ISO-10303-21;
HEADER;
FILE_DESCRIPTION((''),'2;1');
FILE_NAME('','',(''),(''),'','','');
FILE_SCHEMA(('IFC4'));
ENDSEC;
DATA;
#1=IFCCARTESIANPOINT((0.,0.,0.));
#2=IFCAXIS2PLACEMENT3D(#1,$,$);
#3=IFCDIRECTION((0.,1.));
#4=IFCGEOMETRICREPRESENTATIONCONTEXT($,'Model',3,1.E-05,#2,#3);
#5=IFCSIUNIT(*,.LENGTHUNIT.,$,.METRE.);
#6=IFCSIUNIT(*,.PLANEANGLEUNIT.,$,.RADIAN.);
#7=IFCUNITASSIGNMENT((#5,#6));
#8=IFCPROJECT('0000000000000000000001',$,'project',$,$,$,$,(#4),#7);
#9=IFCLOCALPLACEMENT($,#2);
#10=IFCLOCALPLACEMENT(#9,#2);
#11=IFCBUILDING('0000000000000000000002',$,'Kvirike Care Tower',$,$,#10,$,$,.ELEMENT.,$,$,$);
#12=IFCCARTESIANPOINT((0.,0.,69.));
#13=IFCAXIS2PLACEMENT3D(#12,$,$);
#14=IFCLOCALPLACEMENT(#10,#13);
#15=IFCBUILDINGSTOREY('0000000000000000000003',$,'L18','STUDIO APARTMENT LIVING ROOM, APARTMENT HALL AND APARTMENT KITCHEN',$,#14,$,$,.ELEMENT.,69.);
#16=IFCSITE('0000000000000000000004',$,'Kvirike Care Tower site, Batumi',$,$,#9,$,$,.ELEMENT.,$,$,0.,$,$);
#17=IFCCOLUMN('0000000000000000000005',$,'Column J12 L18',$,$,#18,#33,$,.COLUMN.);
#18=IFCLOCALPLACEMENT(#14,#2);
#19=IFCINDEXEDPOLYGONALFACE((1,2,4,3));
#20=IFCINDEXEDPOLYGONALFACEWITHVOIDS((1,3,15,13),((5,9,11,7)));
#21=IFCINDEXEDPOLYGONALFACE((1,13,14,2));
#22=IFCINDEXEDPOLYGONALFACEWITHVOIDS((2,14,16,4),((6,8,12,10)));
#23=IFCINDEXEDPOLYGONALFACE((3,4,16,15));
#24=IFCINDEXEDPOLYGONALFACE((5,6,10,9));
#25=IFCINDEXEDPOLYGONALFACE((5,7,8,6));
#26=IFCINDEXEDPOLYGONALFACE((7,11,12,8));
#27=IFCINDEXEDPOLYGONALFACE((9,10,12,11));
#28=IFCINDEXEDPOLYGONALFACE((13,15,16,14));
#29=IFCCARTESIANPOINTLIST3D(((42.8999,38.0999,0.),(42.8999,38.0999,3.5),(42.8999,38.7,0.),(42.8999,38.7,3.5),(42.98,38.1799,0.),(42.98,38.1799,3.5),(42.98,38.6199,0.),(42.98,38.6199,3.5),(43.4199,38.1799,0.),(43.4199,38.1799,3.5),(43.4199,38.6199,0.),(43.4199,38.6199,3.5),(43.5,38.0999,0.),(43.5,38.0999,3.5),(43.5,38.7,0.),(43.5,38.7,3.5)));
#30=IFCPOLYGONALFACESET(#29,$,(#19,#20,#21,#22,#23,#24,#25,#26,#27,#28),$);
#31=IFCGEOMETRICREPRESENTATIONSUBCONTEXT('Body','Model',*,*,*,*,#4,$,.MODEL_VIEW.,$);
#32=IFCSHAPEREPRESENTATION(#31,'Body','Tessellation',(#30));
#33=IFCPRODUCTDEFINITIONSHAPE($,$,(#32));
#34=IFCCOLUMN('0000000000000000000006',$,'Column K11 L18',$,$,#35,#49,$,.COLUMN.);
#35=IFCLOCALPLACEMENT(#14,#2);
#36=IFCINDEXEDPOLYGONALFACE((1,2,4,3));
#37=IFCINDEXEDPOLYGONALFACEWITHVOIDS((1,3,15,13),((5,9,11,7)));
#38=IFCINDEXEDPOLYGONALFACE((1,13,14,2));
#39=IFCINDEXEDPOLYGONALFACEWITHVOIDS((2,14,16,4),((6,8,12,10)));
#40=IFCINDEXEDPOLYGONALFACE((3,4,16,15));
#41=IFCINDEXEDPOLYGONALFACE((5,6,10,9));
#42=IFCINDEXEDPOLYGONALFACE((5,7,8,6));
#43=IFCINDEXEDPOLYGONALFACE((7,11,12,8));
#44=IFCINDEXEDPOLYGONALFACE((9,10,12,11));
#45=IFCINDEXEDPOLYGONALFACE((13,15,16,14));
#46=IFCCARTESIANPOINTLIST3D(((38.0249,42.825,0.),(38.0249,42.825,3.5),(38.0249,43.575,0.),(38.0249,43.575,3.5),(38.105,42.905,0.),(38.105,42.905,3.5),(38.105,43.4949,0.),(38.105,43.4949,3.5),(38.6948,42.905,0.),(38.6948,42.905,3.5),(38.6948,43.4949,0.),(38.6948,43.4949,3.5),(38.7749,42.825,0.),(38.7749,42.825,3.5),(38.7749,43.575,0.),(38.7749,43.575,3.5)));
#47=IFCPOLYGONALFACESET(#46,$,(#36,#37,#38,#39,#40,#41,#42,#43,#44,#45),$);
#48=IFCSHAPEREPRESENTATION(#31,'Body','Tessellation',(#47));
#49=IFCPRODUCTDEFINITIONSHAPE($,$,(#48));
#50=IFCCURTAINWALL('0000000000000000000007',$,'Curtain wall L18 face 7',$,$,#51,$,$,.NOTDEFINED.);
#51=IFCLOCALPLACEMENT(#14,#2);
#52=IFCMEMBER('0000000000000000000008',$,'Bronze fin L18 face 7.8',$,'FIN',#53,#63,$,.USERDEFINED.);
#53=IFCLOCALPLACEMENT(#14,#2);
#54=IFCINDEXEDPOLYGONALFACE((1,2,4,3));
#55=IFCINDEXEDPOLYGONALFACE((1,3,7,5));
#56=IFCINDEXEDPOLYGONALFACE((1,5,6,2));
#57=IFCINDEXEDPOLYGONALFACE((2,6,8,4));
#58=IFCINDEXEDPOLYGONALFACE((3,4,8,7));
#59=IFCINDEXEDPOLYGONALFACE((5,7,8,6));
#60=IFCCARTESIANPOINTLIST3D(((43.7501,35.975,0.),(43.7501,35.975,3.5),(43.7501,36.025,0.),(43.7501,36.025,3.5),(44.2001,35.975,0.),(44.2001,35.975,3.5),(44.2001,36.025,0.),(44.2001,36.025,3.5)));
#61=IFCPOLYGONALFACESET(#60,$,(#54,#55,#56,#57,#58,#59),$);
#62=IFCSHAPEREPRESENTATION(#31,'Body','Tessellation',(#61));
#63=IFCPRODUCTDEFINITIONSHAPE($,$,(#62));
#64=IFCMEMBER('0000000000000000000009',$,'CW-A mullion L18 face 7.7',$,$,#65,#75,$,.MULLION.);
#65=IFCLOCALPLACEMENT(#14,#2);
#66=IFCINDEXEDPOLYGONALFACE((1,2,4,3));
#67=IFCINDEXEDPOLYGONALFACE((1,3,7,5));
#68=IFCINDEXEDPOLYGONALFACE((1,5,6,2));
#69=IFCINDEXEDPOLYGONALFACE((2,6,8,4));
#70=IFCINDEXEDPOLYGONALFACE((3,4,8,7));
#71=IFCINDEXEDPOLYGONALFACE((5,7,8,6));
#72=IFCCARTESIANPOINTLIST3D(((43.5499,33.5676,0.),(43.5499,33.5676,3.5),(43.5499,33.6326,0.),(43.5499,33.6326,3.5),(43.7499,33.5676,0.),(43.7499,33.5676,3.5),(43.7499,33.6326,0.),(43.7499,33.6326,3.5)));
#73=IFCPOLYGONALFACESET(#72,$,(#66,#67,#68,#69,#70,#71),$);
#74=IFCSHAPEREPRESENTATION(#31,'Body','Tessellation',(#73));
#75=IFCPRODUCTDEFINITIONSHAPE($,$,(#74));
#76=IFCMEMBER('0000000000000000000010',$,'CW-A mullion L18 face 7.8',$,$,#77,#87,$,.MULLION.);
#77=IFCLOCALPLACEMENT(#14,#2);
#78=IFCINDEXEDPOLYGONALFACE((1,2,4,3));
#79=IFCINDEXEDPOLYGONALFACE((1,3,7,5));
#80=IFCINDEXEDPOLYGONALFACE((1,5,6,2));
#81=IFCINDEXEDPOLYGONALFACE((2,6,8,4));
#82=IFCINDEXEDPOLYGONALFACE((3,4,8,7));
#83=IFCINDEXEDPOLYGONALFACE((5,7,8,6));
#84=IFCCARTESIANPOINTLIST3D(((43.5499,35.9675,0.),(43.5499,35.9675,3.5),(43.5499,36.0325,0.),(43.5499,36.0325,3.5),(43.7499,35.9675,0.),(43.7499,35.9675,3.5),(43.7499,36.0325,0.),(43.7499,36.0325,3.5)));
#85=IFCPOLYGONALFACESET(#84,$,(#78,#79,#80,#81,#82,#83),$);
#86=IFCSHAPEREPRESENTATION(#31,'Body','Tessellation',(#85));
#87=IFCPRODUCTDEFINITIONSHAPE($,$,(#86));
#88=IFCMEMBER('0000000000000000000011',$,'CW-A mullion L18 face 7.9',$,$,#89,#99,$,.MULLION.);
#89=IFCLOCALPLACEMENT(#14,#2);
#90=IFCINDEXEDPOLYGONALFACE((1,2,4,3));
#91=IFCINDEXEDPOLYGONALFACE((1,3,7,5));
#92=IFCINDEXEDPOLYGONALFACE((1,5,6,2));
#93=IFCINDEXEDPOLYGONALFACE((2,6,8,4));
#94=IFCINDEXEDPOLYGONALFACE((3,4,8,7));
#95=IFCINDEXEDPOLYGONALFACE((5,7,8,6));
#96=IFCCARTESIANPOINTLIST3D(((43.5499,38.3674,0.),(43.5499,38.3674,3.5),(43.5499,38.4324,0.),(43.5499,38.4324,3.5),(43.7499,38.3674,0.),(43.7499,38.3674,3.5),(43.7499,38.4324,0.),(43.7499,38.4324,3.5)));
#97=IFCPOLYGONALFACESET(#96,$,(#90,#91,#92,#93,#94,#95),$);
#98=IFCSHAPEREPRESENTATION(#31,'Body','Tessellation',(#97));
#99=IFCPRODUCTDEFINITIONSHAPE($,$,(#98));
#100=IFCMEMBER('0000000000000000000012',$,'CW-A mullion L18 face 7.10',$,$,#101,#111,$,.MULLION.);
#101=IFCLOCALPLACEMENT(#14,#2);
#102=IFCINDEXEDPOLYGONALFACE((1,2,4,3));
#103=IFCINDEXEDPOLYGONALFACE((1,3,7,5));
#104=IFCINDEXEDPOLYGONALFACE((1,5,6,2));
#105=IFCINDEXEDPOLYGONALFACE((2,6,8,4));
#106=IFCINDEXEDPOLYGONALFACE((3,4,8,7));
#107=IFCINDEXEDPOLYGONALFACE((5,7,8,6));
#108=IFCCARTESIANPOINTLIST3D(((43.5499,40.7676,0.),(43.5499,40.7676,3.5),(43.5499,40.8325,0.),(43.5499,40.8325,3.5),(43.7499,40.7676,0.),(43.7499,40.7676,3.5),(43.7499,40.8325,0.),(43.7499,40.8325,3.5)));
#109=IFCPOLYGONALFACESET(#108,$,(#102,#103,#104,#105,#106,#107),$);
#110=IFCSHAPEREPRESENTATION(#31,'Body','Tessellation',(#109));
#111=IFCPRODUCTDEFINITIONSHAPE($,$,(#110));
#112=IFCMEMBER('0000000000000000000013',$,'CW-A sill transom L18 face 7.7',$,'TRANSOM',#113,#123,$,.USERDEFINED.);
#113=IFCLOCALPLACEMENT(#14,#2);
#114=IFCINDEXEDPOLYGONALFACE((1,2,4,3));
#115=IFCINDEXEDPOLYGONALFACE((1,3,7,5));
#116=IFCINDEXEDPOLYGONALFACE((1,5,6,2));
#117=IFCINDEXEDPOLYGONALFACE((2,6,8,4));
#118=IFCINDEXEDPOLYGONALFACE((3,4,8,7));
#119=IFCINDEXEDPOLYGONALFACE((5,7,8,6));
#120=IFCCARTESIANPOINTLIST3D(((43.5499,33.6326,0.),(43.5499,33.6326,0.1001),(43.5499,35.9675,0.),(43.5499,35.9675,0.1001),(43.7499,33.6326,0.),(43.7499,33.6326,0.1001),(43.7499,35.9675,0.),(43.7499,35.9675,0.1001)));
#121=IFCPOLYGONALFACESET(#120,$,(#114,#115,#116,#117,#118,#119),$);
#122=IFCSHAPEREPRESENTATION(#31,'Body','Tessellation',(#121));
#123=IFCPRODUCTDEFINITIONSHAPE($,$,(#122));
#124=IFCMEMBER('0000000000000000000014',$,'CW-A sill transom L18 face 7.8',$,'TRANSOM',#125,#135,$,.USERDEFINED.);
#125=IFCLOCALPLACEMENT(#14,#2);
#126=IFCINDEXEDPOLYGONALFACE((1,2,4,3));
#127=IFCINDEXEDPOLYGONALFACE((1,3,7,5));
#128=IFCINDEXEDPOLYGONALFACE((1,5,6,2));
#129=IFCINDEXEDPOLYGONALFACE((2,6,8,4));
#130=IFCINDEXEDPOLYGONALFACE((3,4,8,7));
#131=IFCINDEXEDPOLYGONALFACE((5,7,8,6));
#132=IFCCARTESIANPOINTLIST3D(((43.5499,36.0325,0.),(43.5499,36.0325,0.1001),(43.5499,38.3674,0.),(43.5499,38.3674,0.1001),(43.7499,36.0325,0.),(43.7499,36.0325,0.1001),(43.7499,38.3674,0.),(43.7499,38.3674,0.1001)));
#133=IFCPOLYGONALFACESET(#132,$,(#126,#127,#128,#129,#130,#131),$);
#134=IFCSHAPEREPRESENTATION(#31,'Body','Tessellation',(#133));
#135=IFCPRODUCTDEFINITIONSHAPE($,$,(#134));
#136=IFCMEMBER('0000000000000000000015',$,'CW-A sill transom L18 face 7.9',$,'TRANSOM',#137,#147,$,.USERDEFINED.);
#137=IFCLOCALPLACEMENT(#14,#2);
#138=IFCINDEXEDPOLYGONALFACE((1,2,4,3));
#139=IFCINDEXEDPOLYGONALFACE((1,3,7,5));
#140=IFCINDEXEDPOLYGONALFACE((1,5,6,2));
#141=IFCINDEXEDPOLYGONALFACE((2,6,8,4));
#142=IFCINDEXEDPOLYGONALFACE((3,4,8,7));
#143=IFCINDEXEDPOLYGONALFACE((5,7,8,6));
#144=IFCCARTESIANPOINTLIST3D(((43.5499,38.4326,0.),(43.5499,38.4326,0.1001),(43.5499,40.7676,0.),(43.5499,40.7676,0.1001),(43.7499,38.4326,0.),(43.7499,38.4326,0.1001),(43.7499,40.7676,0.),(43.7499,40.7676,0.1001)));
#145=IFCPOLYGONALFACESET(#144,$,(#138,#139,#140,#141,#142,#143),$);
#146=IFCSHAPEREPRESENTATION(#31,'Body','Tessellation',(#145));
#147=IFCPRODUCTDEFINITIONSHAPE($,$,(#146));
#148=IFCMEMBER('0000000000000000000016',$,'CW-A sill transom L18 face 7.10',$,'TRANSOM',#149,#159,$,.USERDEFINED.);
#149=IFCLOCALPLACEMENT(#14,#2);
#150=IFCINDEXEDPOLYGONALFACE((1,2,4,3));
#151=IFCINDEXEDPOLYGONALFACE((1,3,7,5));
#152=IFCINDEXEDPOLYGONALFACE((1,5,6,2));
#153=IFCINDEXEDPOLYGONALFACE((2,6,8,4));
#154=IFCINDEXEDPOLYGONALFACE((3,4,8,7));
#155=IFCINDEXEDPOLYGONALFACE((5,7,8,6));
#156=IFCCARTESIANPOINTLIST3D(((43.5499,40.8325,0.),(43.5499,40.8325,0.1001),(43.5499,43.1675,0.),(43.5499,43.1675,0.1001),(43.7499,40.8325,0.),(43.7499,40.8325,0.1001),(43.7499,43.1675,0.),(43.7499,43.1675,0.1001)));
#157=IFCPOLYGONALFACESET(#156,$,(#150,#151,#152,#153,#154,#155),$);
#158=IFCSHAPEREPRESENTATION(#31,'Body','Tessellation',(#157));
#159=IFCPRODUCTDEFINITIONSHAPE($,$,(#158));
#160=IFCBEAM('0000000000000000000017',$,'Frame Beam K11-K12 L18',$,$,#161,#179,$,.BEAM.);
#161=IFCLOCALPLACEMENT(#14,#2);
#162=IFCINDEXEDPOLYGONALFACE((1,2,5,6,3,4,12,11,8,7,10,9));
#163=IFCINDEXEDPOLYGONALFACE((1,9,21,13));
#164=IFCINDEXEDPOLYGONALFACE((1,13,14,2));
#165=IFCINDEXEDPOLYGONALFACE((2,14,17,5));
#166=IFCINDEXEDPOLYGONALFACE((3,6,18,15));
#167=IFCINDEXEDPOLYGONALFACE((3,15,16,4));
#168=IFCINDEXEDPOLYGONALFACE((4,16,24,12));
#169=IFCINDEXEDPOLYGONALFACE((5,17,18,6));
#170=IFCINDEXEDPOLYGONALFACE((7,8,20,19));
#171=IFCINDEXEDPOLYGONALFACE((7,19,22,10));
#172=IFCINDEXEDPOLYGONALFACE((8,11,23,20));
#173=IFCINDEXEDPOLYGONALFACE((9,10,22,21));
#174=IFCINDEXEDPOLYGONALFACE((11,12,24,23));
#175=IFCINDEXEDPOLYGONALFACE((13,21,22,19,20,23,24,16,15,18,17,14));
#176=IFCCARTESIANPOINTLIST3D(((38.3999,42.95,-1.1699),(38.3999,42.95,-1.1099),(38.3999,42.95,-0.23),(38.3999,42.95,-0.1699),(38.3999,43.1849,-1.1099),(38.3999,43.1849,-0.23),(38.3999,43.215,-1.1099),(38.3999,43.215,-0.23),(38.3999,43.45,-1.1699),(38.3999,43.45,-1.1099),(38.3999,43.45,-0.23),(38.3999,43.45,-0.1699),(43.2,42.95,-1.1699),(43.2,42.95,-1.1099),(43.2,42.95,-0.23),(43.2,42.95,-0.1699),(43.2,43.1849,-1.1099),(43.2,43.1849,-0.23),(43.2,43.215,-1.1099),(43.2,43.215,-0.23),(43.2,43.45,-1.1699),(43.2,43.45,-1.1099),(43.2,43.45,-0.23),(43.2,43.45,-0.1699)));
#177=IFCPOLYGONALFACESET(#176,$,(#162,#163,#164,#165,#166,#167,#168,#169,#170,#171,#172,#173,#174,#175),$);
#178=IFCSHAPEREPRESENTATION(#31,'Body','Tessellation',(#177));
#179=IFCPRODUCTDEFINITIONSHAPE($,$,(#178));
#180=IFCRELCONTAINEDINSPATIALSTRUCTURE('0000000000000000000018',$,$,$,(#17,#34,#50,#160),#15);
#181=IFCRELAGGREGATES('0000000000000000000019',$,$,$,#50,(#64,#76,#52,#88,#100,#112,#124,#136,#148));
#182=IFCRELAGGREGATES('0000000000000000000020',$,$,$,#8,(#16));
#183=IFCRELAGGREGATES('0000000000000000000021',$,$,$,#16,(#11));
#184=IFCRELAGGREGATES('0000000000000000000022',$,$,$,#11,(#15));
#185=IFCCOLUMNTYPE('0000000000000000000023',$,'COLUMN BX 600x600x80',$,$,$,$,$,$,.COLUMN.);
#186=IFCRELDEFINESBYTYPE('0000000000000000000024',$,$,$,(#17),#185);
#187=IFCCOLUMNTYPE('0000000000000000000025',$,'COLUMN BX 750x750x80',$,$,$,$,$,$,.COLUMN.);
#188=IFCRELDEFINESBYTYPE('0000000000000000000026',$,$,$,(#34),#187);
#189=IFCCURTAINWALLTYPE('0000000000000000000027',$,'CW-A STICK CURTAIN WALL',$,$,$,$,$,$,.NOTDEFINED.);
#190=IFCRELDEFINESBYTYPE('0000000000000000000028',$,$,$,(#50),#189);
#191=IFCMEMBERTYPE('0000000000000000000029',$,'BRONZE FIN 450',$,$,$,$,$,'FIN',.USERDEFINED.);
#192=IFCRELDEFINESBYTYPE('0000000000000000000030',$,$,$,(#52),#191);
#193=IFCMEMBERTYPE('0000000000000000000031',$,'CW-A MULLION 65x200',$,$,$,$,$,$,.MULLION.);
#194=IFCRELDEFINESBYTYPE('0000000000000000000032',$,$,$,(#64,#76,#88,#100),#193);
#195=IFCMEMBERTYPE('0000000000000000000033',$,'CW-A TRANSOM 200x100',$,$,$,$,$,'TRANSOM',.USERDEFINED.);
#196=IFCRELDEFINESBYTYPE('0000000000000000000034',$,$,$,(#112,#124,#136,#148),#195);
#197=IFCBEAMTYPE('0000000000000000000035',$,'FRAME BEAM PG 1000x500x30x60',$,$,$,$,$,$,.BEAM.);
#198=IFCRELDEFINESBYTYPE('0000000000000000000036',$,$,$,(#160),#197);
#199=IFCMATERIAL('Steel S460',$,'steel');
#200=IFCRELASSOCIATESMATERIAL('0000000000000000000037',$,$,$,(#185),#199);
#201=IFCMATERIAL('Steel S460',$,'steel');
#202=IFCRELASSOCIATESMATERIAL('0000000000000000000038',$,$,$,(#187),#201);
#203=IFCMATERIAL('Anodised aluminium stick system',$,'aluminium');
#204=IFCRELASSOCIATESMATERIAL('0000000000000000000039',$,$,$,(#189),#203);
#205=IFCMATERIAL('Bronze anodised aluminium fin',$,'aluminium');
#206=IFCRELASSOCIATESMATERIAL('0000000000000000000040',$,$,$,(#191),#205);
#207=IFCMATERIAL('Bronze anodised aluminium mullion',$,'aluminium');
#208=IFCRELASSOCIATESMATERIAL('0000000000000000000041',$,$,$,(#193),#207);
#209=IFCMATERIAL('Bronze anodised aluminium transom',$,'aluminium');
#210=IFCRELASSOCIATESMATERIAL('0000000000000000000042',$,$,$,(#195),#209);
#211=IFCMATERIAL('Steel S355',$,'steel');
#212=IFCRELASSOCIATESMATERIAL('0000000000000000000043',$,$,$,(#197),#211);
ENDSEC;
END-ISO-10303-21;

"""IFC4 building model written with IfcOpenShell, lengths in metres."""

from ifc_helpers import new_model, si_unit, direction, frame, origin, origin_2d, place, context, subcontext, project, spatial, rectangle, hollow_rectangle, i_section, extrude, material, material_profile, profile_set, type_object, element, aggregate, save


model = new_model("IFC4")

# Units and contexts
model_context = context("Model", 3, precision=1e-05, world=origin(), true_north=direction((0.0, 1.0)))
body_context = subcontext(model_context, "Body", "Model", "MODEL_VIEW")
ifc_project = project(units=[si_unit("LENGTHUNIT", "METRE"), si_unit("PLANEANGLEUNIT", "RADIAN")], contexts=[model_context])

# Site, building, storey
site_placement = place(None, origin())
site = spatial("IfcSite", under=ifc_project, at=site_placement, Name="Kvirike Care Tower site, Batumi", CompositionType="ELEMENT", RefElevation=0.0)
building_placement = place(site_placement, origin())
building = spatial("IfcBuilding", under=site, at=building_placement, Name="Kvirike Care Tower", CompositionType="ELEMENT")
storey_placement = place(building_placement, frame((0.0, 0.0, 69.0)))
storey = spatial("IfcBuildingStorey", under=building, at=storey_placement, Name="L18", Description="STUDIO APARTMENT LIVING ROOM, APARTMENT HALL AND APARTMENT KITCHEN", CompositionType="ELEMENT", Elevation=69.0)

# Columns
ifc_material_1 = material(Name="Steel S460", Category="steel")
ifc_material_profile_1 = material_profile(ifc_material_1, hollow_rectangle(XDim=0.6001, YDim=0.6001, WallThickness=0.0801, at=origin_2d()), Name="BX 600x600x80")
ifc_profile_set_1 = profile_set([ifc_material_profile_1], Name="Steel S460")
column_type_1 = type_object("IfcColumnType", Name="COLUMN BX 600x600x80", PredefinedType="COLUMN", material=ifc_profile_set_1)
column_1_placement = place(storey_placement, frame((43.2, 38.3999, 0.0), z_axis=(0.0, 0.0, 1.0), x_axis=(1.0, 0.0, 0.0)))
element("IfcColumn", 1, at=column_1_placement, inside=storey, type_object=column_type_1, Name="Column J12 L18", PredefinedType="COLUMN", context=body_context, shape_type="SweptSolid", body=[
    extrude(hollow_rectangle(XDim=0.6001, YDim=0.6001, WallThickness=0.0801, at=origin_2d()), origin(), (0.0, 0.0, 1.0), 3.5),
])
ifc_material_2 = material(Name="Steel S460", Category="steel")
ifc_material_profile_2 = material_profile(ifc_material_2, hollow_rectangle(XDim=0.75, YDim=0.75, WallThickness=0.0801, at=origin_2d()), Name="BX 750x750x80")
ifc_profile_set_2 = profile_set([ifc_material_profile_2], Name="Steel S460")
column_type_2 = type_object("IfcColumnType", Name="COLUMN BX 750x750x80", PredefinedType="COLUMN", material=ifc_profile_set_2)
column_2_placement = place(storey_placement, frame((38.3999, 43.2, 0.0), z_axis=(0.0, 0.0, 1.0), x_axis=(0.0, 1.0, 0.0)))
element("IfcColumn", 2, at=column_2_placement, inside=storey, type_object=column_type_2, Name="Column K11 L18", PredefinedType="COLUMN", context=body_context, shape_type="SweptSolid", body=[
    extrude(hollow_rectangle(XDim=0.75, YDim=0.75, WallThickness=0.0801, at=origin_2d()), origin(), (0.0, 0.0, 1.0), 3.5),
])

# Curtain wall, members
ifc_material_3 = material(Name="Anodised aluminium stick system", Category="aluminium")
curtain_wall_type = type_object("IfcCurtainWallType", Name="CW-A STICK CURTAIN WALL", PredefinedType="NOTDEFINED", material=ifc_material_3)
curtain_wall_placement = place(storey_placement, origin())
curtain_wall = element("IfcCurtainWall", 3, at=curtain_wall_placement, inside=storey, type_object=curtain_wall_type, Name="Curtain wall L18 face 7", PredefinedType="NOTDEFINED")
ifc_material_4 = material(Name="Bronze anodised aluminium fin", Category="aluminium")
ifc_material_profile_3 = material_profile(ifc_material_4, rectangle(XDim=0.05, YDim=0.45, at=origin_2d()), Name="BRONZE FIN 450")
ifc_profile_set_3 = profile_set([ifc_material_profile_3], Name="Bronze anodised aluminium fin")
member_type_1 = type_object("IfcMemberType", Name="BRONZE FIN 450", ElementType="FIN", PredefinedType="USERDEFINED", material=ifc_profile_set_3)
member_1_placement = place(storey_placement, frame((43.9751, 36.0, 0.0), z_axis=(0.0, 0.0, 1.0), x_axis=(0.0, 1.0, 0.0)))
member_1 = element("IfcMember", 4, at=member_1_placement, type_object=member_type_1, Name="Bronze fin L18 face 7.8", ObjectType="FIN", PredefinedType="USERDEFINED", context=body_context, shape_type="SweptSolid", body=[
    extrude(rectangle(XDim=0.05, YDim=0.45, at=origin_2d()), origin(), (0.0, 0.0, 1.0), 3.5),
])
ifc_material_5 = material(Name="Bronze anodised aluminium mullion", Category="aluminium")
ifc_material_profile_4 = material_profile(ifc_material_5, rectangle(XDim=0.0649, YDim=0.2, at=origin_2d()), Name="CW-A MULLION 65x200")
ifc_profile_set_4 = profile_set([ifc_material_profile_4], Name="Bronze anodised aluminium mullion")
member_type_2 = type_object("IfcMemberType", Name="CW-A MULLION 65x200", PredefinedType="MULLION", material=ifc_profile_set_4)
member_2_placement = place(storey_placement, frame((43.6499, 33.6001, 0.0), z_axis=(0.0, 0.0, 1.0), x_axis=(0.0, 1.0, 0.0)))
member_2 = element("IfcMember", 5, at=member_2_placement, type_object=member_type_2, Name="CW-A mullion L18 face 7.7", PredefinedType="MULLION", context=body_context, shape_type="SweptSolid", body=[
    extrude(rectangle(XDim=0.0649, YDim=0.2, at=origin_2d()), origin(), (0.0, 0.0, 1.0), 3.5),
])
member_3_placement = place(storey_placement, frame((43.6499, 36.0, 0.0), z_axis=(0.0, 0.0, 1.0), x_axis=(0.0, 1.0, 0.0)))
member_3 = element("IfcMember", 6, at=member_3_placement, type_object=member_type_2, Name="CW-A mullion L18 face 7.8", PredefinedType="MULLION", context=body_context, shape_type="SweptSolid", body=[
    extrude(rectangle(XDim=0.0649, YDim=0.2, at=origin_2d()), origin(), (0.0, 0.0, 1.0), 3.5),
])
member_4_placement = place(storey_placement, frame((43.6499, 38.3999, 0.0), z_axis=(0.0, 0.0, 1.0), x_axis=(0.0, 1.0, 0.0)))
member_4 = element("IfcMember", 7, at=member_4_placement, type_object=member_type_2, Name="CW-A mullion L18 face 7.9", PredefinedType="MULLION", context=body_context, shape_type="SweptSolid", body=[
    extrude(rectangle(XDim=0.0649, YDim=0.2, at=origin_2d()), origin(), (0.0, 0.0, 1.0), 3.5),
])
member_5_placement = place(storey_placement, frame((43.6499, 40.8, 0.0), z_axis=(0.0, 0.0, 1.0), x_axis=(0.0, 1.0, 0.0)))
member_5 = element("IfcMember", 8, at=member_5_placement, type_object=member_type_2, Name="CW-A mullion L18 face 7.10", PredefinedType="MULLION", context=body_context, shape_type="SweptSolid", body=[
    extrude(rectangle(XDim=0.0649, YDim=0.2, at=origin_2d()), origin(), (0.0, 0.0, 1.0), 3.5),
])
ifc_material_6 = material(Name="Bronze anodised aluminium transom", Category="aluminium")
ifc_material_profile_5 = material_profile(ifc_material_6, rectangle(XDim=0.2, YDim=0.1001, at=origin_2d()), Name="CW-A TRANSOM 200x100")
ifc_profile_set_5 = profile_set([ifc_material_profile_5], Name="Bronze anodised aluminium transom")
member_type_3 = type_object("IfcMemberType", Name="CW-A TRANSOM 200x100", ElementType="TRANSOM", PredefinedType="USERDEFINED", material=ifc_profile_set_5)
member_6_placement = place(storey_placement, frame((43.6499, 33.6326, 0.05), z_axis=(0.0, 1.0, 0.0), x_axis=(-1.0, 0.0, 0.0)))
member_6 = element("IfcMember", 9, at=member_6_placement, type_object=member_type_3, Name="CW-A sill transom L18 face 7.7", ObjectType="TRANSOM", PredefinedType="USERDEFINED", context=body_context, shape_type="SweptSolid", body=[
    extrude(rectangle(XDim=0.2, YDim=0.1001, at=origin_2d()), origin(), (0.0, 0.0, 1.0), 2.335),
])
member_7_placement = place(storey_placement, frame((43.6499, 36.0325, 0.05), z_axis=(0.0, 1.0, 0.0), x_axis=(-1.0, 0.0, 0.0)))
member_7 = element("IfcMember", 10, at=member_7_placement, type_object=member_type_3, Name="CW-A sill transom L18 face 7.8", ObjectType="TRANSOM", PredefinedType="USERDEFINED", context=body_context, shape_type="SweptSolid", body=[
    extrude(rectangle(XDim=0.2, YDim=0.1001, at=origin_2d()), origin(), (0.0, 0.0, 1.0), 2.335),
])
member_8_placement = place(storey_placement, frame((43.6499, 38.4326, 0.05), z_axis=(0.0, 1.0, 0.0), x_axis=(-1.0, 0.0, 0.0)))
member_8 = element("IfcMember", 11, at=member_8_placement, type_object=member_type_3, Name="CW-A sill transom L18 face 7.9", ObjectType="TRANSOM", PredefinedType="USERDEFINED", context=body_context, shape_type="SweptSolid", body=[
    extrude(rectangle(XDim=0.2, YDim=0.1001, at=origin_2d()), origin(), (0.0, 0.0, 1.0), 2.335),
])
member_9_placement = place(storey_placement, frame((43.6499, 40.8325, 0.05), z_axis=(0.0, 1.0, 0.0), x_axis=(-1.0, 0.0, 0.0)))
member_9 = element("IfcMember", 12, at=member_9_placement, type_object=member_type_3, Name="CW-A sill transom L18 face 7.10", ObjectType="TRANSOM", PredefinedType="USERDEFINED", context=body_context, shape_type="SweptSolid", body=[
    extrude(rectangle(XDim=0.2, YDim=0.1001, at=origin_2d()), origin(), (0.0, 0.0, 1.0), 2.335),
])

# Beam
ifc_material_7 = material(Name="Steel S355", Category="steel")
ifc_material_profile_6 = material_profile(ifc_material_7, i_section(OverallWidth=0.5, OverallDepth=1.0, WebThickness=0.03, FlangeThickness=0.0601, at=origin_2d()), Name="PG 1000x500x30x60")
ifc_profile_set_6 = profile_set([ifc_material_profile_6], Name="Steel S355")
beam_type_1 = type_object("IfcBeamType", Name="FRAME BEAM PG 1000x500x30x60", PredefinedType="BEAM", material=ifc_profile_set_6)
beam_1_placement = place(storey_placement, frame((38.3999, 43.2, -0.6699), z_axis=(1.0, 0.0, 0.0), x_axis=(0.0, 1.0, 0.0)))
element("IfcBeam", 13, at=beam_1_placement, inside=storey, type_object=beam_type_1, Name="Frame Beam K11-K12 L18", PredefinedType="BEAM", context=body_context, shape_type="SweptSolid", body=[
    extrude(i_section(OverallWidth=0.5, OverallDepth=1.0, WebThickness=0.03, FlangeThickness=0.0601, at=origin_2d()), origin(), (0.0, 0.0, 1.0), 4.8),
])

aggregate(curtain_wall, [member_2, member_3, member_1, member_4, member_5, member_6, member_7, member_8, member_9])

save(model, "model.ifc")
